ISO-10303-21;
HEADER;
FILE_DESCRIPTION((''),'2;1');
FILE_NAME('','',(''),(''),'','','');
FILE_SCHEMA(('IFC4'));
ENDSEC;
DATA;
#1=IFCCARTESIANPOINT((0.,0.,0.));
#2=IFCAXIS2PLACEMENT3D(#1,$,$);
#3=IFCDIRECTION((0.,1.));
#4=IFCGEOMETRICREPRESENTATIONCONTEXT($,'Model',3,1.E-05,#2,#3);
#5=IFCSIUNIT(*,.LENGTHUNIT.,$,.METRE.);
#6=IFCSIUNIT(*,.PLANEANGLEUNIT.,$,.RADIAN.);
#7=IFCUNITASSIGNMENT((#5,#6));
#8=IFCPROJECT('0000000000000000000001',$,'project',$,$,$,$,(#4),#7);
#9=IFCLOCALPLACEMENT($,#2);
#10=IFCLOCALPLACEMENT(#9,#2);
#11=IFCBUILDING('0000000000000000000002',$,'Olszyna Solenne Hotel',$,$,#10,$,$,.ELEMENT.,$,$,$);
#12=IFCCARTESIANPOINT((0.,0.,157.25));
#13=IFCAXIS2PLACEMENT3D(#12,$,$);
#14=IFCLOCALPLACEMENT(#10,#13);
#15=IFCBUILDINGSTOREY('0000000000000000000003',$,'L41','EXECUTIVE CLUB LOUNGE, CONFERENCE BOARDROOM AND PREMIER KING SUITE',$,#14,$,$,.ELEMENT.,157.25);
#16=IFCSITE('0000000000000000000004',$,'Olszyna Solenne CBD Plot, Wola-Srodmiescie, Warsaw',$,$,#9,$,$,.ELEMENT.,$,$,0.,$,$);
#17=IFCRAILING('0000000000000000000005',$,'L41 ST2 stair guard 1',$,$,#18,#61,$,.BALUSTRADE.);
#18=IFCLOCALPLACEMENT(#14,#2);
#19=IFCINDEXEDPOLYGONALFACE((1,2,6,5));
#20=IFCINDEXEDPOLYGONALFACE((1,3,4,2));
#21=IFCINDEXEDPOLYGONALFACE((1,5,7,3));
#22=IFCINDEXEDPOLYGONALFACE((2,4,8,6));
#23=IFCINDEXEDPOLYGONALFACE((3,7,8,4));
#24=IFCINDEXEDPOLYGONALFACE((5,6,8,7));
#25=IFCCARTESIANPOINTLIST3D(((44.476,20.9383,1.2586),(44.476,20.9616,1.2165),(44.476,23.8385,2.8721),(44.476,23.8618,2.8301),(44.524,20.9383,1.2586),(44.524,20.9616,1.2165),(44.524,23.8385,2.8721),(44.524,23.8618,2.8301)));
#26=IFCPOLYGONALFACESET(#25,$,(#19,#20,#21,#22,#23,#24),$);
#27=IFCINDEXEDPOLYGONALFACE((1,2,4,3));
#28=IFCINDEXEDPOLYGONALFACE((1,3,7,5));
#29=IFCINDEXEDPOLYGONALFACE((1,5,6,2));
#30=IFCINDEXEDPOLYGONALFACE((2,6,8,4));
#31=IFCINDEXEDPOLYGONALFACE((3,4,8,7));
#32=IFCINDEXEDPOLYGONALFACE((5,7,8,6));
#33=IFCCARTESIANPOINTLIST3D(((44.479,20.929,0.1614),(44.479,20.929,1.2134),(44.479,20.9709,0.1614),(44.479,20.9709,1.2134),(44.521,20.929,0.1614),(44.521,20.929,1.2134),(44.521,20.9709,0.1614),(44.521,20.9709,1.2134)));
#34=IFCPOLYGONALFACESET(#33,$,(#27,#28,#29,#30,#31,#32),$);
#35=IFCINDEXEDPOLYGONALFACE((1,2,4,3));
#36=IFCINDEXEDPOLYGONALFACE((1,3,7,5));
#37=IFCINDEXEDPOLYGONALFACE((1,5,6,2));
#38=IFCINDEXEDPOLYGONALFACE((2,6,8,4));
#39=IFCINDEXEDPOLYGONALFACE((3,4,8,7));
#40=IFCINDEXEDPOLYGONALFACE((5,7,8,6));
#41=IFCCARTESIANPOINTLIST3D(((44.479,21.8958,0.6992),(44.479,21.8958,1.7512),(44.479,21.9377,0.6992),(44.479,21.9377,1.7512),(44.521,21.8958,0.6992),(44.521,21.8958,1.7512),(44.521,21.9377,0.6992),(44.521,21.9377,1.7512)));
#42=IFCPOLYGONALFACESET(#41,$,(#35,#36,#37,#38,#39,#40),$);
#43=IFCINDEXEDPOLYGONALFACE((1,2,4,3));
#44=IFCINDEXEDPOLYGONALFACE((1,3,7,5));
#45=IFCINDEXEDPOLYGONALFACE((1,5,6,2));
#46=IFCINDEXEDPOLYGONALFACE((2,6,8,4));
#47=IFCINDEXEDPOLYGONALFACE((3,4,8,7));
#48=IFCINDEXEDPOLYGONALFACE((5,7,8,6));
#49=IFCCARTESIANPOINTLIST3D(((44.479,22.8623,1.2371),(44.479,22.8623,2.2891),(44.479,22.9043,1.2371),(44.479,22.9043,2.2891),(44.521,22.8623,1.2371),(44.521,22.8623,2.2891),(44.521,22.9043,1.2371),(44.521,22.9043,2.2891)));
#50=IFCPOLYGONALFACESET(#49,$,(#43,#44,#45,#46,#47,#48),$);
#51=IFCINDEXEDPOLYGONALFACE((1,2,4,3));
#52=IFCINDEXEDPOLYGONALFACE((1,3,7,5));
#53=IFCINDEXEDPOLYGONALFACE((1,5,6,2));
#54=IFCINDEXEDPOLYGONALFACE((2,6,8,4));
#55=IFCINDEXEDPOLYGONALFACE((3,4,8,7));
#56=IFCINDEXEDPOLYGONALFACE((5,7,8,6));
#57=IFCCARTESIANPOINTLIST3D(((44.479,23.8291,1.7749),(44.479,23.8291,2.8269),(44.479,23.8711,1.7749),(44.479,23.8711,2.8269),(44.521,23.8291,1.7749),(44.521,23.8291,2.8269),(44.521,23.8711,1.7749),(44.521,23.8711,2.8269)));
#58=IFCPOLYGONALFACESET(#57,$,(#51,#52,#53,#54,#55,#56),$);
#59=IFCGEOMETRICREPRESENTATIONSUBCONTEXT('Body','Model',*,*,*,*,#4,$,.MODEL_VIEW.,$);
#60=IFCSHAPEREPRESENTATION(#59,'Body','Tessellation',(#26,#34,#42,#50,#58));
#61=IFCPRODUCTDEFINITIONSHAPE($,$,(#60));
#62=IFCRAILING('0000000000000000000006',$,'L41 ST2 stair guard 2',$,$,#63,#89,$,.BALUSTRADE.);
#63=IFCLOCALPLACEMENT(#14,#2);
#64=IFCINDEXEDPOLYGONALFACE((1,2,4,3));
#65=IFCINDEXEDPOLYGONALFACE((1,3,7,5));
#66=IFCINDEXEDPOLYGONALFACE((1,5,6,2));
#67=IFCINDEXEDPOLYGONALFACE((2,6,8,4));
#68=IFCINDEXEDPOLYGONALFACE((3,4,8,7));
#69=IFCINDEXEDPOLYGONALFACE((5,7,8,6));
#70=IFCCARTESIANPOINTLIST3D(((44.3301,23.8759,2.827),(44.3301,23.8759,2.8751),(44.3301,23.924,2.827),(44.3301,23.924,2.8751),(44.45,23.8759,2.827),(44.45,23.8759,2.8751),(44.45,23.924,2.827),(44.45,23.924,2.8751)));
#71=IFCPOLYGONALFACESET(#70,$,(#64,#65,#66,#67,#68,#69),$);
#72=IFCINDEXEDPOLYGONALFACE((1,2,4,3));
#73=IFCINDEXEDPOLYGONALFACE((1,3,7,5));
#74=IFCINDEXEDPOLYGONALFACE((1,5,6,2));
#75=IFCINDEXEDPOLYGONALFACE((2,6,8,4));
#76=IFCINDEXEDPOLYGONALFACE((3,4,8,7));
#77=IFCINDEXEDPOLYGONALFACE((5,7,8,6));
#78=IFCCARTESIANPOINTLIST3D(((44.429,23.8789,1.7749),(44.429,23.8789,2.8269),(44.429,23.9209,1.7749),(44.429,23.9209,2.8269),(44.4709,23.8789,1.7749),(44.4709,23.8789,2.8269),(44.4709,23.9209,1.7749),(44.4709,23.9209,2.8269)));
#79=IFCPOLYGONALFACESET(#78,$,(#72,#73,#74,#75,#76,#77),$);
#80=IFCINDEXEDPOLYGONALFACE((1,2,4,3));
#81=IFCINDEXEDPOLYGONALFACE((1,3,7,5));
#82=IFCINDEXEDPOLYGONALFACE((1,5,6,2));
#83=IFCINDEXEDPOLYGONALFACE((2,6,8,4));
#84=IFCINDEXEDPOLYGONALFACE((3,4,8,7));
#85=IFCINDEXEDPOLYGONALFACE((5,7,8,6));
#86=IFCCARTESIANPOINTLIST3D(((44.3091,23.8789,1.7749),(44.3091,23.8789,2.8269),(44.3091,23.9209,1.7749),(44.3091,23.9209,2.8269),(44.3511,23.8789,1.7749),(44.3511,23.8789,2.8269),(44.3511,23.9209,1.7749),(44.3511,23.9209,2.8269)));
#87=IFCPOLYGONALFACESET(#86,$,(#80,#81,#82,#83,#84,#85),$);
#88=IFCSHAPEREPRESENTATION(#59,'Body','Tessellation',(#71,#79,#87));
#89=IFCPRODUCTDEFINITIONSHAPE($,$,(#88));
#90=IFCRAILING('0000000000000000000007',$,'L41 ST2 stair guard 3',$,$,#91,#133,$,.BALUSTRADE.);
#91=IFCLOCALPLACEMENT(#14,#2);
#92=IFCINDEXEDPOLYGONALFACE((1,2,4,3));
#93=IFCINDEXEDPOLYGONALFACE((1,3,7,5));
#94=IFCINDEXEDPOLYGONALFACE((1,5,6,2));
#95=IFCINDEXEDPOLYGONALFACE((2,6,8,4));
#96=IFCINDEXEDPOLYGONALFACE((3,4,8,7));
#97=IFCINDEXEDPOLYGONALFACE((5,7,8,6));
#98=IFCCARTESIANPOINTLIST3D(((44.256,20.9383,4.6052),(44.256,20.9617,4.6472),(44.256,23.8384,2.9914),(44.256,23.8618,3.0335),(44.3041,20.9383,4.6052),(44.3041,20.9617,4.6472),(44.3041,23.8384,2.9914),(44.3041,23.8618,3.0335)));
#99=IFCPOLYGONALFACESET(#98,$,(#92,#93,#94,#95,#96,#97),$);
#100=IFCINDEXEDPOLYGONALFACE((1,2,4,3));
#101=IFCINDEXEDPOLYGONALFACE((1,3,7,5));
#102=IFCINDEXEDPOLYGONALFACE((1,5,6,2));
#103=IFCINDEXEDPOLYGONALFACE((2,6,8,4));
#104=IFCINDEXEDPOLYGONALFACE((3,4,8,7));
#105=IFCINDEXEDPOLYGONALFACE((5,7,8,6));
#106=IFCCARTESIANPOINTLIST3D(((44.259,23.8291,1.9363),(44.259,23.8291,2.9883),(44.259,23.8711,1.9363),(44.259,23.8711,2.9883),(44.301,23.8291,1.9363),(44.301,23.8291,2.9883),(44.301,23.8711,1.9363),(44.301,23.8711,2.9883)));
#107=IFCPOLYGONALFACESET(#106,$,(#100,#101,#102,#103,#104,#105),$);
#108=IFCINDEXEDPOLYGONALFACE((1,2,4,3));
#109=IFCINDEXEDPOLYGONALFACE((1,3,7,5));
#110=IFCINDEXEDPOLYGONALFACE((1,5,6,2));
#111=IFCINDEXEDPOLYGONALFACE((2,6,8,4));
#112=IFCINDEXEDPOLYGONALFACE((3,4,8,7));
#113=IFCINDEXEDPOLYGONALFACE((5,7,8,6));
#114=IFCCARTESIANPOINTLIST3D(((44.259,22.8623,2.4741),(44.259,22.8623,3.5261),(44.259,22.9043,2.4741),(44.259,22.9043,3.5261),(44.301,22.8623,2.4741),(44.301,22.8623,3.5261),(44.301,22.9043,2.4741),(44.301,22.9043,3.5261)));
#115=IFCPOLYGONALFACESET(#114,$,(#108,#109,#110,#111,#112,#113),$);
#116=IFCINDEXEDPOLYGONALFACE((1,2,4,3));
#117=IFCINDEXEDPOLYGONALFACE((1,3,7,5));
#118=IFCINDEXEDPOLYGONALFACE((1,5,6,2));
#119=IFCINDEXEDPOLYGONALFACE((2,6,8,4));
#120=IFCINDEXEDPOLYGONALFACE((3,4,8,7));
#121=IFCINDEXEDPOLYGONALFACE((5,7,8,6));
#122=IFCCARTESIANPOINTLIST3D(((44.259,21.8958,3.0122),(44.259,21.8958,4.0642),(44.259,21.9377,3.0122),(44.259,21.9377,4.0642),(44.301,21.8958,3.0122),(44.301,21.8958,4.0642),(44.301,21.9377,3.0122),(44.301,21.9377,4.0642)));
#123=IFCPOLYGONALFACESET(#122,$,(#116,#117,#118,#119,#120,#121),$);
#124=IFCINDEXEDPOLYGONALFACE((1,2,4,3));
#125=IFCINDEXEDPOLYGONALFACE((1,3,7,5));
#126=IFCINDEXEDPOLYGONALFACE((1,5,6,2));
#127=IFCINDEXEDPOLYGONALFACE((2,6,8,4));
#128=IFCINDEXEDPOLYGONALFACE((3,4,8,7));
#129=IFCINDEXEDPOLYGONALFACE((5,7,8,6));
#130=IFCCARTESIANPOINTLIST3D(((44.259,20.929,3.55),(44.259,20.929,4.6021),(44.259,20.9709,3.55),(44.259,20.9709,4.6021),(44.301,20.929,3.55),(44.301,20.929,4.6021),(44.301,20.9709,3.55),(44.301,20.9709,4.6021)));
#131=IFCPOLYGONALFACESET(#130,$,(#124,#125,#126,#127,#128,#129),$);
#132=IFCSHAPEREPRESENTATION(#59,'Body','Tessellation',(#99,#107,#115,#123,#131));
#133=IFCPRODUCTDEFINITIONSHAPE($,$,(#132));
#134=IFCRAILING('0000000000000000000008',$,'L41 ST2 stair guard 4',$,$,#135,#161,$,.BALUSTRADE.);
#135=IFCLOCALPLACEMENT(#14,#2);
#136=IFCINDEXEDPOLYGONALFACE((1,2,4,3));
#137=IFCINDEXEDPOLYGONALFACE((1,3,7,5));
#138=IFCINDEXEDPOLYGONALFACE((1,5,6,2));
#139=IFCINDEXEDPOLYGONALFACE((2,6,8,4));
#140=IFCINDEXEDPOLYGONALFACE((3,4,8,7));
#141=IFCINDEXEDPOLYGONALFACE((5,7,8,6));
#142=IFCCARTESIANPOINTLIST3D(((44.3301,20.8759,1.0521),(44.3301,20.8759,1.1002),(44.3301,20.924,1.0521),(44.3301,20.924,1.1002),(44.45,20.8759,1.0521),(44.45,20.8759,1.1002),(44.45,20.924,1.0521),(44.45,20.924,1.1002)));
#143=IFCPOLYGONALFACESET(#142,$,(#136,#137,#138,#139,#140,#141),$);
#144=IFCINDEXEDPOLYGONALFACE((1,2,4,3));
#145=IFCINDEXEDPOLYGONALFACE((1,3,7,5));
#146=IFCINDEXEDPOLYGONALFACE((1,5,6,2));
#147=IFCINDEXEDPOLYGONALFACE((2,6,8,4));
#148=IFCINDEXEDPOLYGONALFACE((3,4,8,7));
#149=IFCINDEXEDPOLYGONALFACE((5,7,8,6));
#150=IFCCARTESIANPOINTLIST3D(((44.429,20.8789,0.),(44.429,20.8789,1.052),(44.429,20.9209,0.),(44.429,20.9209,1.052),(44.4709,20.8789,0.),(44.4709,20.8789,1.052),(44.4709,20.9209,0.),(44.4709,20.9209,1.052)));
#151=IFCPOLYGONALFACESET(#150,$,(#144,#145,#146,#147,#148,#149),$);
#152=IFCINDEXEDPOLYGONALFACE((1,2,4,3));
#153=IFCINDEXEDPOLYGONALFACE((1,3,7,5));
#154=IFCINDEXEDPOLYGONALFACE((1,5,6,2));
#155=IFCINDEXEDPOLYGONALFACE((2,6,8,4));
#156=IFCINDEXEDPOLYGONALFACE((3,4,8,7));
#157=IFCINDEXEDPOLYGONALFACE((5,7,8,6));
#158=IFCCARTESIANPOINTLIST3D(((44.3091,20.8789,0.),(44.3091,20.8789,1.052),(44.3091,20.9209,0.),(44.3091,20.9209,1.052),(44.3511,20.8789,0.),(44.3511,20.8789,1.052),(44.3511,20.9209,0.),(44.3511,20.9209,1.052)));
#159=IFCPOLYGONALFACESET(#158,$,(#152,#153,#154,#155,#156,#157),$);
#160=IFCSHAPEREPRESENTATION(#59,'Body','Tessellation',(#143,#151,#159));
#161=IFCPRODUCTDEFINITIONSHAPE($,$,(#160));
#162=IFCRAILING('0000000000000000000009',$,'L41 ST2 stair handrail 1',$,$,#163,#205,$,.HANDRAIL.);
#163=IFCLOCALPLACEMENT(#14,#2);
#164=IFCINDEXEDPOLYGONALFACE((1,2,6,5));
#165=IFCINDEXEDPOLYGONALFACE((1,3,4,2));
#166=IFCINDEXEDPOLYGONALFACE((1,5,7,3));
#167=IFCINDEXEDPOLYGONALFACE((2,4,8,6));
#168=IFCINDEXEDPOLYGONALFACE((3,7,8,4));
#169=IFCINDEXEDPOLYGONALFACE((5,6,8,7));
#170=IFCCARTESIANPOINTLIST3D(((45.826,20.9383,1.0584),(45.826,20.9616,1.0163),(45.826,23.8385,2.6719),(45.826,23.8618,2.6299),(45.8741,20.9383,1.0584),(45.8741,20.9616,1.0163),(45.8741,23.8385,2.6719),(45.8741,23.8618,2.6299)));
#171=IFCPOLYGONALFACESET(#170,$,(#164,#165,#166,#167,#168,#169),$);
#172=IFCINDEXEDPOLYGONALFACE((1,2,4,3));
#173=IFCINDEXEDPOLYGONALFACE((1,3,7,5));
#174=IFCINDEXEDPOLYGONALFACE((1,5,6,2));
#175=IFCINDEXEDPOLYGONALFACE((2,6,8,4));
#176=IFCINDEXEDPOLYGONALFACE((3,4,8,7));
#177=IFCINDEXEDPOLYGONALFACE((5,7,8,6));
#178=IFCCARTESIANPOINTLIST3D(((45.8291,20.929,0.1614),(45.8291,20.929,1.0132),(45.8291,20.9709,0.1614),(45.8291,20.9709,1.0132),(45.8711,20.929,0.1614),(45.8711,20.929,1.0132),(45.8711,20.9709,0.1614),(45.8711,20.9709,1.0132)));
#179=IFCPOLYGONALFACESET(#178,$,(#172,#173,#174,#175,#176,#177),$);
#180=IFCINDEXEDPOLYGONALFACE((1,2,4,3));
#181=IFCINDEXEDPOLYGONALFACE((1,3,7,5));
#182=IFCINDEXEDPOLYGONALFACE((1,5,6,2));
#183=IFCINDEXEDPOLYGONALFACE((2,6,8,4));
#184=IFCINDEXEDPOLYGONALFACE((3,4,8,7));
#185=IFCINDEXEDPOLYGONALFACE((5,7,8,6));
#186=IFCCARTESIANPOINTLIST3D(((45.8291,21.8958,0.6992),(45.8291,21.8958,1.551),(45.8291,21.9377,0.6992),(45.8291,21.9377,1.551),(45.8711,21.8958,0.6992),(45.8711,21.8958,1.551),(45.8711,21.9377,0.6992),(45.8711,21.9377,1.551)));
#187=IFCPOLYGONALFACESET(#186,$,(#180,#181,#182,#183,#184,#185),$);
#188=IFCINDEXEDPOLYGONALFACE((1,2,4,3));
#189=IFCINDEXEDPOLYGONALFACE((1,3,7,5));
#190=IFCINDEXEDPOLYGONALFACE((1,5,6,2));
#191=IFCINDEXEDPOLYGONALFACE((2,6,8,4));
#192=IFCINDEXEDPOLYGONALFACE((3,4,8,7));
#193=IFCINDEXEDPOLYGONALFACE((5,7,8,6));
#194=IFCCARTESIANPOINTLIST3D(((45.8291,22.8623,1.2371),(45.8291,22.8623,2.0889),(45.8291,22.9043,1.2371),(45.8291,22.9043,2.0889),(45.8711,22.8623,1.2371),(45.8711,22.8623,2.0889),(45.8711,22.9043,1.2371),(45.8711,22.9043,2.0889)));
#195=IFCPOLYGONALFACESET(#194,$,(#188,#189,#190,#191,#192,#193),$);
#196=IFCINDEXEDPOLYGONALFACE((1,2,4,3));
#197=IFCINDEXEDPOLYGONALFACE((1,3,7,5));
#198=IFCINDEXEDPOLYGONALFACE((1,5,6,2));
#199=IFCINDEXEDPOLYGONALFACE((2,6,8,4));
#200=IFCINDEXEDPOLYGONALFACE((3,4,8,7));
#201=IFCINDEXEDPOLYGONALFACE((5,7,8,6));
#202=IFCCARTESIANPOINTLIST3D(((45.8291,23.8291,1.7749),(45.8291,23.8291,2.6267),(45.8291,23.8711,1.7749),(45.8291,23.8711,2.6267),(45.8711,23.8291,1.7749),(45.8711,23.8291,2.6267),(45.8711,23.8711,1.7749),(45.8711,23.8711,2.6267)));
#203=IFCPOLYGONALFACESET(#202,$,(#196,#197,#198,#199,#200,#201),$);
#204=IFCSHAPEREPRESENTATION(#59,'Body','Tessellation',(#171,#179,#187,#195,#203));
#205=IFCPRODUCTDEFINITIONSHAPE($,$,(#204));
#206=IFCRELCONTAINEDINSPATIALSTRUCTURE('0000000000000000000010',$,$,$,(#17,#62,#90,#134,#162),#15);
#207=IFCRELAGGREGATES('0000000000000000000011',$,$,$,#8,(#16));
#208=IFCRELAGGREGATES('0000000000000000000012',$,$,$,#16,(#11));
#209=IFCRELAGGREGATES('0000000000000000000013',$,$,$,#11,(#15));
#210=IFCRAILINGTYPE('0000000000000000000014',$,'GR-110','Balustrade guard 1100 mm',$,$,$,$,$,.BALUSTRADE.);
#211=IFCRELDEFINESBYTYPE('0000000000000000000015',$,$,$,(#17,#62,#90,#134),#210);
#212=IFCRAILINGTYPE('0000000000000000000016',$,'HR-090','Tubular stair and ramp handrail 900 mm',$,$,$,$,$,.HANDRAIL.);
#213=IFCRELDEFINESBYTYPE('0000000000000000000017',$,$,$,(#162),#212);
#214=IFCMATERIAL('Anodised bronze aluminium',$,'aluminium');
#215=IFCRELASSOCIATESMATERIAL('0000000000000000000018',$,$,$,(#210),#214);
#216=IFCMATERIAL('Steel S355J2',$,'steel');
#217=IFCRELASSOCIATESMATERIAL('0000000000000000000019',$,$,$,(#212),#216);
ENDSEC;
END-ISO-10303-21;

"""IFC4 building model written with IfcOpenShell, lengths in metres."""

from ifc_helpers import new_model, si_unit, direction, frame, origin, origin_2d, place, context, subcontext, project, spatial, rectangle, extrude, material, type_object, element, save


model = new_model("IFC4")

# Units and contexts
model_context = context("Model", 3, precision=1e-05, world=origin(), true_north=direction((0.0, 1.0)))
body_context = subcontext(model_context, "Body", "Model", "MODEL_VIEW")
ifc_project = project(units=[si_unit("LENGTHUNIT", "METRE"), si_unit("PLANEANGLEUNIT", "RADIAN")], contexts=[model_context])

# Site, building, storey
site_placement = place(None, origin())
site = spatial("IfcSite", under=ifc_project, at=site_placement, Name="Olszyna Solenne CBD Plot, Wola-Srodmiescie, Warsaw", CompositionType="ELEMENT", RefElevation=0.0)
building_placement = place(site_placement, origin())
building = spatial("IfcBuilding", under=site, at=building_placement, Name="Olszyna Solenne Hotel", CompositionType="ELEMENT")
storey_placement = place(building_placement, frame((0.0, 0.0, 157.25)))
storey = spatial("IfcBuildingStorey", under=building, at=storey_placement, Name="L41", Description="EXECUTIVE CLUB LOUNGE, CONFERENCE BOARDROOM AND PREMIER KING SUITE", CompositionType="ELEMENT", Elevation=157.25)

# Shared definitions
ifc_material_1 = material(Name="Steel S355J2", Category="steel")

# Railings
ifc_material_2 = material(Name="Anodised bronze aluminium", Category="aluminium")
railing_type_1 = type_object("IfcRailingType", Name="GR-110", Description="Balustrade guard 1100 mm", PredefinedType="BALUSTRADE", material=ifc_material_2)
railing_1_placement = place(storey_placement, frame((44.5, 20.95, 0.1614)))
element("IfcRailing", 1, at=railing_1_placement, inside=storey, type_object=railing_type_1, Name="L41 ST2 stair guard 1", PredefinedType="BALUSTRADE", context=body_context, shape_type="SweptSolid", body=[
    extrude(rectangle(XDim=0.0481, YDim=0.0481, at=origin_2d()), frame((0.0, 0.0, 1.0762), z_axis=(0.0, 0.873859, 0.48618), x_axis=(-1.0, 0.0, 0.0)), (0.0, 0.0, 1.0), 3.3188),
    extrude(rectangle(XDim=0.042, YDim=0.042, at=origin_2d()), origin(), (0.0, 0.0, 1.0), 1.052),
    extrude(rectangle(XDim=0.042, YDim=0.042, at=origin_2d()), frame((0.0, 0.9668, 0.5378)), (0.0, 0.0, 1.0), 1.052),
    extrude(rectangle(XDim=0.042, YDim=0.042, at=origin_2d()), frame((0.0, 1.9333, 1.0757)), (0.0, 0.0, 1.0), 1.052),
    extrude(rectangle(XDim=0.042, YDim=0.042, at=origin_2d()), frame((0.0, 2.9001, 1.6135)), (0.0, 0.0, 1.0), 1.052),
])
railing_2_placement = place(storey_placement, frame((44.45, 23.8999, 1.7749)))
element("IfcRailing", 2, at=railing_2_placement, inside=storey, type_object=railing_type_1, Name="L41 ST2 stair guard 2", PredefinedType="BALUSTRADE", context=body_context, shape_type="SweptSolid", body=[
    extrude(rectangle(XDim=0.0481, YDim=0.0481, at=origin_2d()), frame((0.0, 0.0, 1.0762), z_axis=(-1.0, 0.0, 0.0), x_axis=(0.0, -1.0, 0.0)), (0.0, 0.0, 1.0), 0.1199),
    extrude(rectangle(XDim=0.042, YDim=0.042, at=origin_2d()), origin(), (0.0, 0.0, 1.0), 1.052),
    extrude(rectangle(XDim=0.042, YDim=0.042, at=origin_2d()), frame((-0.1199, 0.0, 0.0)), (0.0, 0.0, 1.0), 1.052),
])
railing_3_placement = place(storey_placement, frame((44.28, 23.8501, 1.9363)))
element("IfcRailing", 3, at=railing_3_placement, inside=storey, type_object=railing_type_1, Name="L41 ST2 stair guard 3", PredefinedType="BALUSTRADE", context=body_context, shape_type="SweptSolid", body=[
    extrude(rectangle(XDim=0.0481, YDim=0.0481, at=origin_2d()), frame((0.0, 0.0, 1.0762), z_axis=(0.0, -0.873827, 0.486236), x_axis=(1.0, 0.0, 0.0)), (0.0, 0.0, 1.0), 3.3188),
    extrude(rectangle(XDim=0.042, YDim=0.042, at=origin_2d()), origin(), (0.0, 0.0, 1.0), 1.052),
    extrude(rectangle(XDim=0.042, YDim=0.042, at=origin_2d()), frame((0.0, -0.9668, 0.5378)), (0.0, 0.0, 1.0), 1.052),
    extrude(rectangle(XDim=0.042, YDim=0.042, at=origin_2d()), frame((0.0, -1.9333, 1.0759)), (0.0, 0.0, 1.0), 1.052),
    extrude(rectangle(XDim=0.042, YDim=0.042, at=origin_2d()), frame((0.0, -2.9001, 1.6138)), (0.0, 0.0, 1.0), 1.052),
])
railing_4_placement = place(storey_placement, frame((44.45, 20.8999, 0.0)))
element("IfcRailing", 4, at=railing_4_placement, inside=storey, type_object=railing_type_1, Name="L41 ST2 stair guard 4", PredefinedType="BALUSTRADE", context=body_context, shape_type="SweptSolid", body=[
    extrude(rectangle(XDim=0.0481, YDim=0.0481, at=origin_2d()), frame((0.0, 0.0, 1.0762), z_axis=(-1.0, 0.0, 0.0), x_axis=(0.0, -1.0, 0.0)), (0.0, 0.0, 1.0), 0.1199),
    extrude(rectangle(XDim=0.042, YDim=0.042, at=origin_2d()), origin(), (0.0, 0.0, 1.0), 1.052),
    extrude(rectangle(XDim=0.042, YDim=0.042, at=origin_2d()), frame((-0.1199, 0.0, 0.0)), (0.0, 0.0, 1.0), 1.052),
])
railing_type_2 = type_object("IfcRailingType", Name="HR-090", Description="Tubular stair and ramp handrail 900 mm", PredefinedType="HANDRAIL", material=ifc_material_1)
railing_5_placement = place(storey_placement, frame((45.8501, 20.95, 0.1614)))
element("IfcRailing", 5, at=railing_5_placement, inside=storey, type_object=railing_type_2, Name="L41 ST2 stair handrail 1", PredefinedType="HANDRAIL", context=body_context, shape_type="SweptSolid", body=[
    extrude(rectangle(XDim=0.0481, YDim=0.0481, at=origin_2d()), frame((0.0, 0.0, 0.876), z_axis=(0.0, 0.873859, 0.48618), x_axis=(-1.0, 0.0, 0.0)), (0.0, 0.0, 1.0), 3.3188),
    extrude(rectangle(XDim=0.042, YDim=0.042, at=origin_2d()), origin(), (0.0, 0.0, 1.0), 0.8518),
    extrude(rectangle(XDim=0.042, YDim=0.042, at=origin_2d()), frame((0.0, 0.9668, 0.5378)), (0.0, 0.0, 1.0), 0.8518),
    extrude(rectangle(XDim=0.042, YDim=0.042, at=origin_2d()), frame((0.0, 1.9333, 1.0757)), (0.0, 0.0, 1.0), 0.8518),
    extrude(rectangle(XDim=0.042, YDim=0.042, at=origin_2d()), frame((0.0, 2.9001, 1.6135)), (0.0, 0.0, 1.0), 0.8518),
])

save(model, "model.ifc")
